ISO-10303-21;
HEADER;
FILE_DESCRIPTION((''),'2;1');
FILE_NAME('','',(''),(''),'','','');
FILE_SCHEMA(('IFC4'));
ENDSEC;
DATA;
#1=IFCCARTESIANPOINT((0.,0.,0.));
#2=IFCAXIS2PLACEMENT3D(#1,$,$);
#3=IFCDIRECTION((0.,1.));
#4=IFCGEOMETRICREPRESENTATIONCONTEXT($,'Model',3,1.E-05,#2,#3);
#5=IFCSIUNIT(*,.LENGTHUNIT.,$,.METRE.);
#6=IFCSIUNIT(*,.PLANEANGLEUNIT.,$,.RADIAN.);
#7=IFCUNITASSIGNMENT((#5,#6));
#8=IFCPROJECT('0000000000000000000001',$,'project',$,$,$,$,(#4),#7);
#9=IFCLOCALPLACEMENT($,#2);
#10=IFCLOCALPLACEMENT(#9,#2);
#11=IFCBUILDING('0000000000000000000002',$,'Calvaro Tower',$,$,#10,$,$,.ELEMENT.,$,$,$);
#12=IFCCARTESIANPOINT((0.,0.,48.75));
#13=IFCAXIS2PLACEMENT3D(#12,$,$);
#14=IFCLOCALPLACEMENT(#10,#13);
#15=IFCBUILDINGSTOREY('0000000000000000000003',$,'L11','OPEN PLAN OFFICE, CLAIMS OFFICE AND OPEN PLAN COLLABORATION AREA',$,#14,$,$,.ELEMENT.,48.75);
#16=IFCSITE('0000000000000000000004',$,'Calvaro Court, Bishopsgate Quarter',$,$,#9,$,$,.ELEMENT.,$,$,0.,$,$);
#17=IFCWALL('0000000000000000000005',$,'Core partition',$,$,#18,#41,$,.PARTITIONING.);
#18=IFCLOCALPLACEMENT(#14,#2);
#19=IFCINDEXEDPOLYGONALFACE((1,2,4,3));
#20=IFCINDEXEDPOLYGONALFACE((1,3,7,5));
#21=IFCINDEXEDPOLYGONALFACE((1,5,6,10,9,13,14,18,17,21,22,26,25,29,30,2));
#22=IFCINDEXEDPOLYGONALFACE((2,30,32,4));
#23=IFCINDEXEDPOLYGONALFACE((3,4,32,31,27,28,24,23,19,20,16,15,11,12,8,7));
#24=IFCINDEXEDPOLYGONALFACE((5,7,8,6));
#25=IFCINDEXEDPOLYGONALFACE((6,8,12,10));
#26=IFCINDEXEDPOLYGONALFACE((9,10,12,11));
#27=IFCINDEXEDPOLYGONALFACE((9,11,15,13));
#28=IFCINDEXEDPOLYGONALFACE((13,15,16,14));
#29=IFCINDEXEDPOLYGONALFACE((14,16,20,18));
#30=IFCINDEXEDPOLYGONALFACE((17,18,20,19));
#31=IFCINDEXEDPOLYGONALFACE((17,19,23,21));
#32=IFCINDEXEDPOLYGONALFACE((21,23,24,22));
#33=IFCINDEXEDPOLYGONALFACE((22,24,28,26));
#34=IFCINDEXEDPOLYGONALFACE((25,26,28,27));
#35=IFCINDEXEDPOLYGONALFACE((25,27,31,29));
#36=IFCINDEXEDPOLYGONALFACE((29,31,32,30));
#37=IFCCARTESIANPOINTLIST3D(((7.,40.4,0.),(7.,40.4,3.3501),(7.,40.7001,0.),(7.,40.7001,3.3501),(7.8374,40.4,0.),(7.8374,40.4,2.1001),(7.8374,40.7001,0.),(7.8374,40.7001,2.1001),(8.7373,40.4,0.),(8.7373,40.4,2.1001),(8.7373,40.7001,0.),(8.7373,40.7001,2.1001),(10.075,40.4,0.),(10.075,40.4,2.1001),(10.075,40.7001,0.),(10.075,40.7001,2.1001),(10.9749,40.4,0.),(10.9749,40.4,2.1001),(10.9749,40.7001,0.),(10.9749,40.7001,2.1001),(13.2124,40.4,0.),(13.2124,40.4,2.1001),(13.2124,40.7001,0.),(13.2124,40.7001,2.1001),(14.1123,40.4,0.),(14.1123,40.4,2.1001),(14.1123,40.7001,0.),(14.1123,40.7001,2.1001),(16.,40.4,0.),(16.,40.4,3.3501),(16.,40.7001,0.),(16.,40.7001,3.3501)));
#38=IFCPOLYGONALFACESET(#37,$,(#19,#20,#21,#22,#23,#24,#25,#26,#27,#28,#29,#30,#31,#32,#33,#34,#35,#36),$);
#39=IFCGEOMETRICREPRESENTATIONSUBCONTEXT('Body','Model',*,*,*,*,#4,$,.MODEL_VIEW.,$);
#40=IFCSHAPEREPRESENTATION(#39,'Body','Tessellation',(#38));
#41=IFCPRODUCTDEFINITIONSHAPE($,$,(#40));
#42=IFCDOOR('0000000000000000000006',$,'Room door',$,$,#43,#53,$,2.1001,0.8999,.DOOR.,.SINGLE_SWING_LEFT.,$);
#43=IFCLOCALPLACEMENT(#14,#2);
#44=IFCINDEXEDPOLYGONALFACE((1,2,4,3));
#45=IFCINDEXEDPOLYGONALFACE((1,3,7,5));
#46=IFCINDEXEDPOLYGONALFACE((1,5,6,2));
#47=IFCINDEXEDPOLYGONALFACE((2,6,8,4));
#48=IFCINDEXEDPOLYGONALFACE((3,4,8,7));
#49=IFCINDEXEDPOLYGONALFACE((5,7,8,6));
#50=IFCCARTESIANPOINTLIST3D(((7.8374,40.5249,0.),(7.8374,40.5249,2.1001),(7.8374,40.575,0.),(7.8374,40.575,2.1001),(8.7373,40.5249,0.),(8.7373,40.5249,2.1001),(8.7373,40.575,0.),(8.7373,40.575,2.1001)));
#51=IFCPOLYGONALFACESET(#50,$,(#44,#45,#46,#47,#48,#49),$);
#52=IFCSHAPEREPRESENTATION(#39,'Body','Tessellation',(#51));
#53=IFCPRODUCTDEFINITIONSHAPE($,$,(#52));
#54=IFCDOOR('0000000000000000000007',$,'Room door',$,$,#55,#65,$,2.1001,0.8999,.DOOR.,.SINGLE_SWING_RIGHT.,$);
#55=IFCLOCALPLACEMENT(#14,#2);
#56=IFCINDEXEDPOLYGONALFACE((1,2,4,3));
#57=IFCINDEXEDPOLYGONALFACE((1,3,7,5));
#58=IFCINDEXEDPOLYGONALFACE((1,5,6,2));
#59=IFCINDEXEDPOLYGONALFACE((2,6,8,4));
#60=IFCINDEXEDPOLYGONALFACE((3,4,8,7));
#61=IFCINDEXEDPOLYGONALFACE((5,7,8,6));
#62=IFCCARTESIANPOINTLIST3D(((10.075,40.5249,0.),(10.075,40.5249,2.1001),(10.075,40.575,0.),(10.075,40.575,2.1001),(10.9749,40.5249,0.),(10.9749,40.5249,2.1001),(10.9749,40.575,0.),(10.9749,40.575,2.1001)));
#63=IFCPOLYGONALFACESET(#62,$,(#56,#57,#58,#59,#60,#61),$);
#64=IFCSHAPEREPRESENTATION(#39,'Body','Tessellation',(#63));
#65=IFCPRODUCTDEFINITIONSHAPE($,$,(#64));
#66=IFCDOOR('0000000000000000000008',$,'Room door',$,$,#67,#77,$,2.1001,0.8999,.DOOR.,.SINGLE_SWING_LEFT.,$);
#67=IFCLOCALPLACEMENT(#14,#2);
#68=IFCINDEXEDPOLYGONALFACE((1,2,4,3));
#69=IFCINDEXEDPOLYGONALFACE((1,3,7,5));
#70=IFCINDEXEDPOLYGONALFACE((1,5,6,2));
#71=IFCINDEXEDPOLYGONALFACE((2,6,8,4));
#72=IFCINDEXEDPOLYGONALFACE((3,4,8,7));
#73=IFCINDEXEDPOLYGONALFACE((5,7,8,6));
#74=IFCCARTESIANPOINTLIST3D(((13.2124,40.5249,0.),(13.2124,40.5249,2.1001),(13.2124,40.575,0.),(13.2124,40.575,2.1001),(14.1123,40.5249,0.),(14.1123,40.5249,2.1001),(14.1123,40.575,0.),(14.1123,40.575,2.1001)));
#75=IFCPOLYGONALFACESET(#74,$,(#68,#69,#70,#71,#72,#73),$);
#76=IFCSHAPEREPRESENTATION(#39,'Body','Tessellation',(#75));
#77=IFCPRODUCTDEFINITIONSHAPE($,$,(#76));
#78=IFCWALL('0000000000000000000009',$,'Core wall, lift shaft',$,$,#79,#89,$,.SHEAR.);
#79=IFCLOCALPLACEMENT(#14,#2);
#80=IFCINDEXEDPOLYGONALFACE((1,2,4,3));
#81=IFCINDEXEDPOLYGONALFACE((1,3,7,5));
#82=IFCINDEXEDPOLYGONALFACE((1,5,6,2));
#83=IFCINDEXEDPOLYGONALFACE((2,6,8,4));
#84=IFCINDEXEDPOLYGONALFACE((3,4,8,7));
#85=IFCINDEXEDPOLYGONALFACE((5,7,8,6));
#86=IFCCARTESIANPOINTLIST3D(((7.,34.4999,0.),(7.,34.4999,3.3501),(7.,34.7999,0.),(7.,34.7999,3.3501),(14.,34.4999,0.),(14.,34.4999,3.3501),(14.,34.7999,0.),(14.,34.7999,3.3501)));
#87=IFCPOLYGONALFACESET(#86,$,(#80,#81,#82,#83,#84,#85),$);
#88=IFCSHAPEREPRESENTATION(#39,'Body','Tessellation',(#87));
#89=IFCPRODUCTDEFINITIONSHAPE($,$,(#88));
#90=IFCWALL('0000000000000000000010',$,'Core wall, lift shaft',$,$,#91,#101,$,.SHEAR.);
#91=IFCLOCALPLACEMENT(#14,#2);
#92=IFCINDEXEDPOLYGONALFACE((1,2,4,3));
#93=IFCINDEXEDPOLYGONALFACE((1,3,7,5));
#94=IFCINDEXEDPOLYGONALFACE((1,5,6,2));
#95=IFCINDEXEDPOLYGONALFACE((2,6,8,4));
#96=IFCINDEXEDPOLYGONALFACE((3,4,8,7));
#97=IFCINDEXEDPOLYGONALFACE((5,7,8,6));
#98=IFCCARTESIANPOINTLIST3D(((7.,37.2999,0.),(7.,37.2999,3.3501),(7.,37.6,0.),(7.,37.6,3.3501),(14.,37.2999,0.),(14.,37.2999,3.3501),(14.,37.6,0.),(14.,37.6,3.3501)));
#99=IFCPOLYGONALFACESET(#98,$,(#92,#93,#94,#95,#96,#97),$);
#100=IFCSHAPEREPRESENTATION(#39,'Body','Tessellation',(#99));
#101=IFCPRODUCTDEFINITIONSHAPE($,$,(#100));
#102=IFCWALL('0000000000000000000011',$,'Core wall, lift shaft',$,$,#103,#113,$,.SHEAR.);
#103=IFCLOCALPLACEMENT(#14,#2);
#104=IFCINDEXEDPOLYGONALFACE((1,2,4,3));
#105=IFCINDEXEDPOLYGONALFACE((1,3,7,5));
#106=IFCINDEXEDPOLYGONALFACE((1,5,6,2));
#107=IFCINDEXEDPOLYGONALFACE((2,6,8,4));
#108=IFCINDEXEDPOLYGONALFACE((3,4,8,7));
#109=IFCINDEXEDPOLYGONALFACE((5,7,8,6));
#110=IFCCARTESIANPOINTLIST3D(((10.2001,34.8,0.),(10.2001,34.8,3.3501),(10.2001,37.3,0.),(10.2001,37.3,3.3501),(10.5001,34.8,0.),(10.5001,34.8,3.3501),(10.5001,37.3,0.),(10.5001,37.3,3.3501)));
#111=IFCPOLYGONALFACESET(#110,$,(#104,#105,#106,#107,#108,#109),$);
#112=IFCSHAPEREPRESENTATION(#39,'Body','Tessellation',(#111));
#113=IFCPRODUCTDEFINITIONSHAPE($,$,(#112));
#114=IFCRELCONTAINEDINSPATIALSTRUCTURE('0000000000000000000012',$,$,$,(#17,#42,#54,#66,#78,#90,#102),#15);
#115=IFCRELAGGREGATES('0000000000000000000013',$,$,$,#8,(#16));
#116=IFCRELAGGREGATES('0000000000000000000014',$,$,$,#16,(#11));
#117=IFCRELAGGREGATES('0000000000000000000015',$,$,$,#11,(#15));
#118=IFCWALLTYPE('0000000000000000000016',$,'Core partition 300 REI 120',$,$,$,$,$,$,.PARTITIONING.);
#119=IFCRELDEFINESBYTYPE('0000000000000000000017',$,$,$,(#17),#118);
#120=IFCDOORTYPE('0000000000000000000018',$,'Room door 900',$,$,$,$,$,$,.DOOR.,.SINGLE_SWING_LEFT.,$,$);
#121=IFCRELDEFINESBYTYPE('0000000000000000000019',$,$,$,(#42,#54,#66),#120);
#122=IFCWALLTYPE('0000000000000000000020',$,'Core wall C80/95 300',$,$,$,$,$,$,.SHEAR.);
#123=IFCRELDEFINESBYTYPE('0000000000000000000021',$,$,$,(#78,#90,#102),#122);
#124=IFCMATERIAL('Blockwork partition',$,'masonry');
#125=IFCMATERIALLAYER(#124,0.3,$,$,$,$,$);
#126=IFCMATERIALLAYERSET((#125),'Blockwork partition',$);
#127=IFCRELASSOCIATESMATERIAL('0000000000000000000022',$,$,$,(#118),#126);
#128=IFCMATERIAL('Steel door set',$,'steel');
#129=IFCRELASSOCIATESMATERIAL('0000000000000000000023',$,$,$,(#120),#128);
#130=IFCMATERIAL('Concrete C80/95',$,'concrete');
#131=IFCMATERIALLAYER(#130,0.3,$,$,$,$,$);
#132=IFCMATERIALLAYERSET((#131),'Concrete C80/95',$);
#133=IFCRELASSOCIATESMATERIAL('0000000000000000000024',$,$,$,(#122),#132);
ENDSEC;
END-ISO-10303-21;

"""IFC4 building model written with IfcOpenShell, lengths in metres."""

from ifc_helpers import new_model, si_unit, direction, frame, frame_2d, origin, place, context, subcontext, project, spatial, rectangle, extrude, material, layer, layer_set, type_object, element, fill, save


model = new_model("IFC4")

# Units and contexts
model_context = context("Model", 3, precision=1e-05, world=origin(), true_north=direction((0.0, 1.0)))
body_context = subcontext(model_context, "Body", "Model", "MODEL_VIEW")
ifc_project = project(units=[si_unit("LENGTHUNIT", "METRE"), si_unit("PLANEANGLEUNIT", "RADIAN")], contexts=[model_context])

# Site, building, storey
site_placement = place(None, origin())
site = spatial("IfcSite", under=ifc_project, at=site_placement, Name="Calvaro Court, Bishopsgate Quarter", CompositionType="ELEMENT", RefElevation=0.0)
building_placement = place(site_placement, origin())
building = spatial("IfcBuilding", under=site, at=building_placement, Name="Calvaro Tower", CompositionType="ELEMENT")
storey_placement = place(building_placement, frame((0.0, 0.0, 48.75)))
storey = spatial("IfcBuildingStorey", under=building, at=storey_placement, Name="L11", Description="OPEN PLAN OFFICE, CLAIMS OFFICE AND OPEN PLAN COLLABORATION AREA", CompositionType="ELEMENT", Elevation=48.75)

# Wall, openings, doors
ifc_material_1 = material(Name="Blockwork partition", Category="masonry")
ifc_layer_1 = layer(ifc_material_1, 0.3)
ifc_layer_set_1 = layer_set([ifc_layer_1], Name="Blockwork partition")
wall_type_1 = type_object("IfcWallType", Name="Core partition 300 REI 120", PredefinedType="PARTITIONING", material=ifc_layer_set_1)
wall_1_placement = place(storey_placement, frame((7.0, 40.55, 0.0), z_axis=(0.0, 0.0, 1.0), x_axis=(1.0, 0.0, 0.0)))
wall_1 = element("IfcWall", 1, at=wall_1_placement, inside=storey, type_object=wall_type_1, Name="Core partition", PredefinedType="PARTITIONING", context=body_context, shape_type="SweptSolid", body=[
    extrude(rectangle(XDim=9.0, YDim=0.3, at=frame_2d((4.5, 0.0))), origin(), (0.0, 0.0, 1.0), 3.3501),
])
opening_1_placement = place(wall_1_placement, frame((0.8374, 0.0, 0.0)))
opening_1 = element("IfcOpeningElement", 2, at=opening_1_placement, cuts=wall_1, PredefinedType="OPENING", context=body_context, shape_type="SweptSolid", body=[
    extrude(rectangle(XDim=0.8999, YDim=2.1001, at=frame_2d((0.45, 1.05))), frame((0.0, 0.1599, 0.0), z_axis=(0.0, -1.0, 0.0), x_axis=(1.0, 0.0, 0.0)), (0.0, 0.0, 1.0), 0.3201),
])
opening_2_placement = place(wall_1_placement, frame((3.075, 0.0, 0.0)))
opening_2 = element("IfcOpeningElement", 3, at=opening_2_placement, cuts=wall_1, PredefinedType="OPENING", context=body_context, shape_type="SweptSolid", body=[
    extrude(rectangle(XDim=0.8999, YDim=2.1001, at=frame_2d((0.45, 1.05))), frame((0.0, 0.1599, 0.0), z_axis=(0.0, -1.0, 0.0), x_axis=(1.0, 0.0, 0.0)), (0.0, 0.0, 1.0), 0.3201),
])
opening_3_placement = place(wall_1_placement, frame((6.2124, 0.0, 0.0)))
opening_3 = element("IfcOpeningElement", 4, at=opening_3_placement, cuts=wall_1, PredefinedType="OPENING", context=body_context, shape_type="SweptSolid", body=[
    extrude(rectangle(XDim=0.8999, YDim=2.1001, at=frame_2d((0.45, 1.05))), frame((0.0, 0.1599, 0.0), z_axis=(0.0, -1.0, 0.0), x_axis=(1.0, 0.0, 0.0)), (0.0, 0.0, 1.0), 0.3201),
])
ifc_material_2 = material(Name="Steel door set", Category="steel")
door_type = type_object("IfcDoorType", Name="Room door 900", OperationType="SINGLE_SWING_LEFT", PredefinedType="DOOR", material=ifc_material_2)
door_1_placement = place(opening_1_placement, origin())
door_1 = element("IfcDoor", 5, at=door_1_placement, inside=storey, type_object=door_type, Name="Room door", OperationType="SINGLE_SWING_LEFT", OverallHeight=2.1001, OverallWidth=0.8999, PredefinedType="DOOR", context=body_context, shape_type="SweptSolid", body=[
    extrude(rectangle(XDim=0.8999, YDim=2.1001, at=frame_2d((0.45, 1.05))), frame((0.0, 0.0249, 0.0), z_axis=(0.0, -1.0, 0.0), x_axis=(1.0, 0.0, 0.0)), (0.0, 0.0, 1.0), 0.05),
])
fill(opening_1, door_1)
door_2_placement = place(opening_2_placement, origin())
door_2 = element("IfcDoor", 6, at=door_2_placement, inside=storey, type_object=door_type, Name="Room door", OperationType="SINGLE_SWING_RIGHT", OverallHeight=2.1001, OverallWidth=0.8999, PredefinedType="DOOR", context=body_context, shape_type="SweptSolid", body=[
    extrude(rectangle(XDim=0.8999, YDim=2.1001, at=frame_2d((0.45, 1.05))), frame((0.0, 0.0249, 0.0), z_axis=(0.0, -1.0, 0.0), x_axis=(1.0, 0.0, 0.0)), (0.0, 0.0, 1.0), 0.05),
])
fill(opening_2, door_2)
door_3_placement = place(opening_3_placement, origin())
door_3 = element("IfcDoor", 7, at=door_3_placement, inside=storey, type_object=door_type, Name="Room door", OperationType="SINGLE_SWING_LEFT", OverallHeight=2.1001, OverallWidth=0.8999, PredefinedType="DOOR", context=body_context, shape_type="SweptSolid", body=[
    extrude(rectangle(XDim=0.8999, YDim=2.1001, at=frame_2d((0.45, 1.05))), frame((0.0, 0.0249, 0.0), z_axis=(0.0, -1.0, 0.0), x_axis=(1.0, 0.0, 0.0)), (0.0, 0.0, 1.0), 0.05),
])
fill(opening_3, door_3)

# Walls
ifc_material_3 = material(Name="Concrete C80/95", Category="concrete")
ifc_layer_2 = layer(ifc_material_3, 0.3)
ifc_layer_set_2 = layer_set([ifc_layer_2], Name="Concrete C80/95")
wall_type_2 = type_object("IfcWallType", Name="Core wall C80/95 300", PredefinedType="SHEAR", material=ifc_layer_set_2)
for number, where, z_axis, x_axis, name in (
    (8, (7.0, 34.6499, 0.0), (0.0, 0.0, 1.0), (1.0, 0.0, 0.0), "Core wall, lift shaft"),
    (9, (7.0, 37.45, 0.0), (0.0, 0.0, 1.0), (1.0, 0.0, 0.0), "Core wall, lift shaft"),
):
    element("IfcWall", number, at=place(storey_placement, frame(where, z_axis=z_axis, x_axis=x_axis)), inside=storey, type_object=wall_type_2, Name=name, PredefinedType="SHEAR", context=body_context, shape_type="SweptSolid", body=[
        extrude(rectangle(XDim=7.0, YDim=0.3, at=frame_2d((3.5, 0.0))), origin(), (0.0, 0.0, 1.0), 3.3501),
    ])
wall_2_placement = place(storey_placement, frame((10.3501, 34.8, 0.0), z_axis=(0.0, 0.0, 1.0), x_axis=(0.0, 1.0, 0.0)))
element("IfcWall", 10, at=wall_2_placement, inside=storey, type_object=wall_type_2, Name="Core wall, lift shaft", PredefinedType="SHEAR", context=body_context, shape_type="SweptSolid", body=[
    extrude(rectangle(XDim=2.5, YDim=0.3, at=frame_2d((1.25, 0.0))), origin(), (0.0, 0.0, 1.0), 3.3501),
])

save(model, "model.ifc")
